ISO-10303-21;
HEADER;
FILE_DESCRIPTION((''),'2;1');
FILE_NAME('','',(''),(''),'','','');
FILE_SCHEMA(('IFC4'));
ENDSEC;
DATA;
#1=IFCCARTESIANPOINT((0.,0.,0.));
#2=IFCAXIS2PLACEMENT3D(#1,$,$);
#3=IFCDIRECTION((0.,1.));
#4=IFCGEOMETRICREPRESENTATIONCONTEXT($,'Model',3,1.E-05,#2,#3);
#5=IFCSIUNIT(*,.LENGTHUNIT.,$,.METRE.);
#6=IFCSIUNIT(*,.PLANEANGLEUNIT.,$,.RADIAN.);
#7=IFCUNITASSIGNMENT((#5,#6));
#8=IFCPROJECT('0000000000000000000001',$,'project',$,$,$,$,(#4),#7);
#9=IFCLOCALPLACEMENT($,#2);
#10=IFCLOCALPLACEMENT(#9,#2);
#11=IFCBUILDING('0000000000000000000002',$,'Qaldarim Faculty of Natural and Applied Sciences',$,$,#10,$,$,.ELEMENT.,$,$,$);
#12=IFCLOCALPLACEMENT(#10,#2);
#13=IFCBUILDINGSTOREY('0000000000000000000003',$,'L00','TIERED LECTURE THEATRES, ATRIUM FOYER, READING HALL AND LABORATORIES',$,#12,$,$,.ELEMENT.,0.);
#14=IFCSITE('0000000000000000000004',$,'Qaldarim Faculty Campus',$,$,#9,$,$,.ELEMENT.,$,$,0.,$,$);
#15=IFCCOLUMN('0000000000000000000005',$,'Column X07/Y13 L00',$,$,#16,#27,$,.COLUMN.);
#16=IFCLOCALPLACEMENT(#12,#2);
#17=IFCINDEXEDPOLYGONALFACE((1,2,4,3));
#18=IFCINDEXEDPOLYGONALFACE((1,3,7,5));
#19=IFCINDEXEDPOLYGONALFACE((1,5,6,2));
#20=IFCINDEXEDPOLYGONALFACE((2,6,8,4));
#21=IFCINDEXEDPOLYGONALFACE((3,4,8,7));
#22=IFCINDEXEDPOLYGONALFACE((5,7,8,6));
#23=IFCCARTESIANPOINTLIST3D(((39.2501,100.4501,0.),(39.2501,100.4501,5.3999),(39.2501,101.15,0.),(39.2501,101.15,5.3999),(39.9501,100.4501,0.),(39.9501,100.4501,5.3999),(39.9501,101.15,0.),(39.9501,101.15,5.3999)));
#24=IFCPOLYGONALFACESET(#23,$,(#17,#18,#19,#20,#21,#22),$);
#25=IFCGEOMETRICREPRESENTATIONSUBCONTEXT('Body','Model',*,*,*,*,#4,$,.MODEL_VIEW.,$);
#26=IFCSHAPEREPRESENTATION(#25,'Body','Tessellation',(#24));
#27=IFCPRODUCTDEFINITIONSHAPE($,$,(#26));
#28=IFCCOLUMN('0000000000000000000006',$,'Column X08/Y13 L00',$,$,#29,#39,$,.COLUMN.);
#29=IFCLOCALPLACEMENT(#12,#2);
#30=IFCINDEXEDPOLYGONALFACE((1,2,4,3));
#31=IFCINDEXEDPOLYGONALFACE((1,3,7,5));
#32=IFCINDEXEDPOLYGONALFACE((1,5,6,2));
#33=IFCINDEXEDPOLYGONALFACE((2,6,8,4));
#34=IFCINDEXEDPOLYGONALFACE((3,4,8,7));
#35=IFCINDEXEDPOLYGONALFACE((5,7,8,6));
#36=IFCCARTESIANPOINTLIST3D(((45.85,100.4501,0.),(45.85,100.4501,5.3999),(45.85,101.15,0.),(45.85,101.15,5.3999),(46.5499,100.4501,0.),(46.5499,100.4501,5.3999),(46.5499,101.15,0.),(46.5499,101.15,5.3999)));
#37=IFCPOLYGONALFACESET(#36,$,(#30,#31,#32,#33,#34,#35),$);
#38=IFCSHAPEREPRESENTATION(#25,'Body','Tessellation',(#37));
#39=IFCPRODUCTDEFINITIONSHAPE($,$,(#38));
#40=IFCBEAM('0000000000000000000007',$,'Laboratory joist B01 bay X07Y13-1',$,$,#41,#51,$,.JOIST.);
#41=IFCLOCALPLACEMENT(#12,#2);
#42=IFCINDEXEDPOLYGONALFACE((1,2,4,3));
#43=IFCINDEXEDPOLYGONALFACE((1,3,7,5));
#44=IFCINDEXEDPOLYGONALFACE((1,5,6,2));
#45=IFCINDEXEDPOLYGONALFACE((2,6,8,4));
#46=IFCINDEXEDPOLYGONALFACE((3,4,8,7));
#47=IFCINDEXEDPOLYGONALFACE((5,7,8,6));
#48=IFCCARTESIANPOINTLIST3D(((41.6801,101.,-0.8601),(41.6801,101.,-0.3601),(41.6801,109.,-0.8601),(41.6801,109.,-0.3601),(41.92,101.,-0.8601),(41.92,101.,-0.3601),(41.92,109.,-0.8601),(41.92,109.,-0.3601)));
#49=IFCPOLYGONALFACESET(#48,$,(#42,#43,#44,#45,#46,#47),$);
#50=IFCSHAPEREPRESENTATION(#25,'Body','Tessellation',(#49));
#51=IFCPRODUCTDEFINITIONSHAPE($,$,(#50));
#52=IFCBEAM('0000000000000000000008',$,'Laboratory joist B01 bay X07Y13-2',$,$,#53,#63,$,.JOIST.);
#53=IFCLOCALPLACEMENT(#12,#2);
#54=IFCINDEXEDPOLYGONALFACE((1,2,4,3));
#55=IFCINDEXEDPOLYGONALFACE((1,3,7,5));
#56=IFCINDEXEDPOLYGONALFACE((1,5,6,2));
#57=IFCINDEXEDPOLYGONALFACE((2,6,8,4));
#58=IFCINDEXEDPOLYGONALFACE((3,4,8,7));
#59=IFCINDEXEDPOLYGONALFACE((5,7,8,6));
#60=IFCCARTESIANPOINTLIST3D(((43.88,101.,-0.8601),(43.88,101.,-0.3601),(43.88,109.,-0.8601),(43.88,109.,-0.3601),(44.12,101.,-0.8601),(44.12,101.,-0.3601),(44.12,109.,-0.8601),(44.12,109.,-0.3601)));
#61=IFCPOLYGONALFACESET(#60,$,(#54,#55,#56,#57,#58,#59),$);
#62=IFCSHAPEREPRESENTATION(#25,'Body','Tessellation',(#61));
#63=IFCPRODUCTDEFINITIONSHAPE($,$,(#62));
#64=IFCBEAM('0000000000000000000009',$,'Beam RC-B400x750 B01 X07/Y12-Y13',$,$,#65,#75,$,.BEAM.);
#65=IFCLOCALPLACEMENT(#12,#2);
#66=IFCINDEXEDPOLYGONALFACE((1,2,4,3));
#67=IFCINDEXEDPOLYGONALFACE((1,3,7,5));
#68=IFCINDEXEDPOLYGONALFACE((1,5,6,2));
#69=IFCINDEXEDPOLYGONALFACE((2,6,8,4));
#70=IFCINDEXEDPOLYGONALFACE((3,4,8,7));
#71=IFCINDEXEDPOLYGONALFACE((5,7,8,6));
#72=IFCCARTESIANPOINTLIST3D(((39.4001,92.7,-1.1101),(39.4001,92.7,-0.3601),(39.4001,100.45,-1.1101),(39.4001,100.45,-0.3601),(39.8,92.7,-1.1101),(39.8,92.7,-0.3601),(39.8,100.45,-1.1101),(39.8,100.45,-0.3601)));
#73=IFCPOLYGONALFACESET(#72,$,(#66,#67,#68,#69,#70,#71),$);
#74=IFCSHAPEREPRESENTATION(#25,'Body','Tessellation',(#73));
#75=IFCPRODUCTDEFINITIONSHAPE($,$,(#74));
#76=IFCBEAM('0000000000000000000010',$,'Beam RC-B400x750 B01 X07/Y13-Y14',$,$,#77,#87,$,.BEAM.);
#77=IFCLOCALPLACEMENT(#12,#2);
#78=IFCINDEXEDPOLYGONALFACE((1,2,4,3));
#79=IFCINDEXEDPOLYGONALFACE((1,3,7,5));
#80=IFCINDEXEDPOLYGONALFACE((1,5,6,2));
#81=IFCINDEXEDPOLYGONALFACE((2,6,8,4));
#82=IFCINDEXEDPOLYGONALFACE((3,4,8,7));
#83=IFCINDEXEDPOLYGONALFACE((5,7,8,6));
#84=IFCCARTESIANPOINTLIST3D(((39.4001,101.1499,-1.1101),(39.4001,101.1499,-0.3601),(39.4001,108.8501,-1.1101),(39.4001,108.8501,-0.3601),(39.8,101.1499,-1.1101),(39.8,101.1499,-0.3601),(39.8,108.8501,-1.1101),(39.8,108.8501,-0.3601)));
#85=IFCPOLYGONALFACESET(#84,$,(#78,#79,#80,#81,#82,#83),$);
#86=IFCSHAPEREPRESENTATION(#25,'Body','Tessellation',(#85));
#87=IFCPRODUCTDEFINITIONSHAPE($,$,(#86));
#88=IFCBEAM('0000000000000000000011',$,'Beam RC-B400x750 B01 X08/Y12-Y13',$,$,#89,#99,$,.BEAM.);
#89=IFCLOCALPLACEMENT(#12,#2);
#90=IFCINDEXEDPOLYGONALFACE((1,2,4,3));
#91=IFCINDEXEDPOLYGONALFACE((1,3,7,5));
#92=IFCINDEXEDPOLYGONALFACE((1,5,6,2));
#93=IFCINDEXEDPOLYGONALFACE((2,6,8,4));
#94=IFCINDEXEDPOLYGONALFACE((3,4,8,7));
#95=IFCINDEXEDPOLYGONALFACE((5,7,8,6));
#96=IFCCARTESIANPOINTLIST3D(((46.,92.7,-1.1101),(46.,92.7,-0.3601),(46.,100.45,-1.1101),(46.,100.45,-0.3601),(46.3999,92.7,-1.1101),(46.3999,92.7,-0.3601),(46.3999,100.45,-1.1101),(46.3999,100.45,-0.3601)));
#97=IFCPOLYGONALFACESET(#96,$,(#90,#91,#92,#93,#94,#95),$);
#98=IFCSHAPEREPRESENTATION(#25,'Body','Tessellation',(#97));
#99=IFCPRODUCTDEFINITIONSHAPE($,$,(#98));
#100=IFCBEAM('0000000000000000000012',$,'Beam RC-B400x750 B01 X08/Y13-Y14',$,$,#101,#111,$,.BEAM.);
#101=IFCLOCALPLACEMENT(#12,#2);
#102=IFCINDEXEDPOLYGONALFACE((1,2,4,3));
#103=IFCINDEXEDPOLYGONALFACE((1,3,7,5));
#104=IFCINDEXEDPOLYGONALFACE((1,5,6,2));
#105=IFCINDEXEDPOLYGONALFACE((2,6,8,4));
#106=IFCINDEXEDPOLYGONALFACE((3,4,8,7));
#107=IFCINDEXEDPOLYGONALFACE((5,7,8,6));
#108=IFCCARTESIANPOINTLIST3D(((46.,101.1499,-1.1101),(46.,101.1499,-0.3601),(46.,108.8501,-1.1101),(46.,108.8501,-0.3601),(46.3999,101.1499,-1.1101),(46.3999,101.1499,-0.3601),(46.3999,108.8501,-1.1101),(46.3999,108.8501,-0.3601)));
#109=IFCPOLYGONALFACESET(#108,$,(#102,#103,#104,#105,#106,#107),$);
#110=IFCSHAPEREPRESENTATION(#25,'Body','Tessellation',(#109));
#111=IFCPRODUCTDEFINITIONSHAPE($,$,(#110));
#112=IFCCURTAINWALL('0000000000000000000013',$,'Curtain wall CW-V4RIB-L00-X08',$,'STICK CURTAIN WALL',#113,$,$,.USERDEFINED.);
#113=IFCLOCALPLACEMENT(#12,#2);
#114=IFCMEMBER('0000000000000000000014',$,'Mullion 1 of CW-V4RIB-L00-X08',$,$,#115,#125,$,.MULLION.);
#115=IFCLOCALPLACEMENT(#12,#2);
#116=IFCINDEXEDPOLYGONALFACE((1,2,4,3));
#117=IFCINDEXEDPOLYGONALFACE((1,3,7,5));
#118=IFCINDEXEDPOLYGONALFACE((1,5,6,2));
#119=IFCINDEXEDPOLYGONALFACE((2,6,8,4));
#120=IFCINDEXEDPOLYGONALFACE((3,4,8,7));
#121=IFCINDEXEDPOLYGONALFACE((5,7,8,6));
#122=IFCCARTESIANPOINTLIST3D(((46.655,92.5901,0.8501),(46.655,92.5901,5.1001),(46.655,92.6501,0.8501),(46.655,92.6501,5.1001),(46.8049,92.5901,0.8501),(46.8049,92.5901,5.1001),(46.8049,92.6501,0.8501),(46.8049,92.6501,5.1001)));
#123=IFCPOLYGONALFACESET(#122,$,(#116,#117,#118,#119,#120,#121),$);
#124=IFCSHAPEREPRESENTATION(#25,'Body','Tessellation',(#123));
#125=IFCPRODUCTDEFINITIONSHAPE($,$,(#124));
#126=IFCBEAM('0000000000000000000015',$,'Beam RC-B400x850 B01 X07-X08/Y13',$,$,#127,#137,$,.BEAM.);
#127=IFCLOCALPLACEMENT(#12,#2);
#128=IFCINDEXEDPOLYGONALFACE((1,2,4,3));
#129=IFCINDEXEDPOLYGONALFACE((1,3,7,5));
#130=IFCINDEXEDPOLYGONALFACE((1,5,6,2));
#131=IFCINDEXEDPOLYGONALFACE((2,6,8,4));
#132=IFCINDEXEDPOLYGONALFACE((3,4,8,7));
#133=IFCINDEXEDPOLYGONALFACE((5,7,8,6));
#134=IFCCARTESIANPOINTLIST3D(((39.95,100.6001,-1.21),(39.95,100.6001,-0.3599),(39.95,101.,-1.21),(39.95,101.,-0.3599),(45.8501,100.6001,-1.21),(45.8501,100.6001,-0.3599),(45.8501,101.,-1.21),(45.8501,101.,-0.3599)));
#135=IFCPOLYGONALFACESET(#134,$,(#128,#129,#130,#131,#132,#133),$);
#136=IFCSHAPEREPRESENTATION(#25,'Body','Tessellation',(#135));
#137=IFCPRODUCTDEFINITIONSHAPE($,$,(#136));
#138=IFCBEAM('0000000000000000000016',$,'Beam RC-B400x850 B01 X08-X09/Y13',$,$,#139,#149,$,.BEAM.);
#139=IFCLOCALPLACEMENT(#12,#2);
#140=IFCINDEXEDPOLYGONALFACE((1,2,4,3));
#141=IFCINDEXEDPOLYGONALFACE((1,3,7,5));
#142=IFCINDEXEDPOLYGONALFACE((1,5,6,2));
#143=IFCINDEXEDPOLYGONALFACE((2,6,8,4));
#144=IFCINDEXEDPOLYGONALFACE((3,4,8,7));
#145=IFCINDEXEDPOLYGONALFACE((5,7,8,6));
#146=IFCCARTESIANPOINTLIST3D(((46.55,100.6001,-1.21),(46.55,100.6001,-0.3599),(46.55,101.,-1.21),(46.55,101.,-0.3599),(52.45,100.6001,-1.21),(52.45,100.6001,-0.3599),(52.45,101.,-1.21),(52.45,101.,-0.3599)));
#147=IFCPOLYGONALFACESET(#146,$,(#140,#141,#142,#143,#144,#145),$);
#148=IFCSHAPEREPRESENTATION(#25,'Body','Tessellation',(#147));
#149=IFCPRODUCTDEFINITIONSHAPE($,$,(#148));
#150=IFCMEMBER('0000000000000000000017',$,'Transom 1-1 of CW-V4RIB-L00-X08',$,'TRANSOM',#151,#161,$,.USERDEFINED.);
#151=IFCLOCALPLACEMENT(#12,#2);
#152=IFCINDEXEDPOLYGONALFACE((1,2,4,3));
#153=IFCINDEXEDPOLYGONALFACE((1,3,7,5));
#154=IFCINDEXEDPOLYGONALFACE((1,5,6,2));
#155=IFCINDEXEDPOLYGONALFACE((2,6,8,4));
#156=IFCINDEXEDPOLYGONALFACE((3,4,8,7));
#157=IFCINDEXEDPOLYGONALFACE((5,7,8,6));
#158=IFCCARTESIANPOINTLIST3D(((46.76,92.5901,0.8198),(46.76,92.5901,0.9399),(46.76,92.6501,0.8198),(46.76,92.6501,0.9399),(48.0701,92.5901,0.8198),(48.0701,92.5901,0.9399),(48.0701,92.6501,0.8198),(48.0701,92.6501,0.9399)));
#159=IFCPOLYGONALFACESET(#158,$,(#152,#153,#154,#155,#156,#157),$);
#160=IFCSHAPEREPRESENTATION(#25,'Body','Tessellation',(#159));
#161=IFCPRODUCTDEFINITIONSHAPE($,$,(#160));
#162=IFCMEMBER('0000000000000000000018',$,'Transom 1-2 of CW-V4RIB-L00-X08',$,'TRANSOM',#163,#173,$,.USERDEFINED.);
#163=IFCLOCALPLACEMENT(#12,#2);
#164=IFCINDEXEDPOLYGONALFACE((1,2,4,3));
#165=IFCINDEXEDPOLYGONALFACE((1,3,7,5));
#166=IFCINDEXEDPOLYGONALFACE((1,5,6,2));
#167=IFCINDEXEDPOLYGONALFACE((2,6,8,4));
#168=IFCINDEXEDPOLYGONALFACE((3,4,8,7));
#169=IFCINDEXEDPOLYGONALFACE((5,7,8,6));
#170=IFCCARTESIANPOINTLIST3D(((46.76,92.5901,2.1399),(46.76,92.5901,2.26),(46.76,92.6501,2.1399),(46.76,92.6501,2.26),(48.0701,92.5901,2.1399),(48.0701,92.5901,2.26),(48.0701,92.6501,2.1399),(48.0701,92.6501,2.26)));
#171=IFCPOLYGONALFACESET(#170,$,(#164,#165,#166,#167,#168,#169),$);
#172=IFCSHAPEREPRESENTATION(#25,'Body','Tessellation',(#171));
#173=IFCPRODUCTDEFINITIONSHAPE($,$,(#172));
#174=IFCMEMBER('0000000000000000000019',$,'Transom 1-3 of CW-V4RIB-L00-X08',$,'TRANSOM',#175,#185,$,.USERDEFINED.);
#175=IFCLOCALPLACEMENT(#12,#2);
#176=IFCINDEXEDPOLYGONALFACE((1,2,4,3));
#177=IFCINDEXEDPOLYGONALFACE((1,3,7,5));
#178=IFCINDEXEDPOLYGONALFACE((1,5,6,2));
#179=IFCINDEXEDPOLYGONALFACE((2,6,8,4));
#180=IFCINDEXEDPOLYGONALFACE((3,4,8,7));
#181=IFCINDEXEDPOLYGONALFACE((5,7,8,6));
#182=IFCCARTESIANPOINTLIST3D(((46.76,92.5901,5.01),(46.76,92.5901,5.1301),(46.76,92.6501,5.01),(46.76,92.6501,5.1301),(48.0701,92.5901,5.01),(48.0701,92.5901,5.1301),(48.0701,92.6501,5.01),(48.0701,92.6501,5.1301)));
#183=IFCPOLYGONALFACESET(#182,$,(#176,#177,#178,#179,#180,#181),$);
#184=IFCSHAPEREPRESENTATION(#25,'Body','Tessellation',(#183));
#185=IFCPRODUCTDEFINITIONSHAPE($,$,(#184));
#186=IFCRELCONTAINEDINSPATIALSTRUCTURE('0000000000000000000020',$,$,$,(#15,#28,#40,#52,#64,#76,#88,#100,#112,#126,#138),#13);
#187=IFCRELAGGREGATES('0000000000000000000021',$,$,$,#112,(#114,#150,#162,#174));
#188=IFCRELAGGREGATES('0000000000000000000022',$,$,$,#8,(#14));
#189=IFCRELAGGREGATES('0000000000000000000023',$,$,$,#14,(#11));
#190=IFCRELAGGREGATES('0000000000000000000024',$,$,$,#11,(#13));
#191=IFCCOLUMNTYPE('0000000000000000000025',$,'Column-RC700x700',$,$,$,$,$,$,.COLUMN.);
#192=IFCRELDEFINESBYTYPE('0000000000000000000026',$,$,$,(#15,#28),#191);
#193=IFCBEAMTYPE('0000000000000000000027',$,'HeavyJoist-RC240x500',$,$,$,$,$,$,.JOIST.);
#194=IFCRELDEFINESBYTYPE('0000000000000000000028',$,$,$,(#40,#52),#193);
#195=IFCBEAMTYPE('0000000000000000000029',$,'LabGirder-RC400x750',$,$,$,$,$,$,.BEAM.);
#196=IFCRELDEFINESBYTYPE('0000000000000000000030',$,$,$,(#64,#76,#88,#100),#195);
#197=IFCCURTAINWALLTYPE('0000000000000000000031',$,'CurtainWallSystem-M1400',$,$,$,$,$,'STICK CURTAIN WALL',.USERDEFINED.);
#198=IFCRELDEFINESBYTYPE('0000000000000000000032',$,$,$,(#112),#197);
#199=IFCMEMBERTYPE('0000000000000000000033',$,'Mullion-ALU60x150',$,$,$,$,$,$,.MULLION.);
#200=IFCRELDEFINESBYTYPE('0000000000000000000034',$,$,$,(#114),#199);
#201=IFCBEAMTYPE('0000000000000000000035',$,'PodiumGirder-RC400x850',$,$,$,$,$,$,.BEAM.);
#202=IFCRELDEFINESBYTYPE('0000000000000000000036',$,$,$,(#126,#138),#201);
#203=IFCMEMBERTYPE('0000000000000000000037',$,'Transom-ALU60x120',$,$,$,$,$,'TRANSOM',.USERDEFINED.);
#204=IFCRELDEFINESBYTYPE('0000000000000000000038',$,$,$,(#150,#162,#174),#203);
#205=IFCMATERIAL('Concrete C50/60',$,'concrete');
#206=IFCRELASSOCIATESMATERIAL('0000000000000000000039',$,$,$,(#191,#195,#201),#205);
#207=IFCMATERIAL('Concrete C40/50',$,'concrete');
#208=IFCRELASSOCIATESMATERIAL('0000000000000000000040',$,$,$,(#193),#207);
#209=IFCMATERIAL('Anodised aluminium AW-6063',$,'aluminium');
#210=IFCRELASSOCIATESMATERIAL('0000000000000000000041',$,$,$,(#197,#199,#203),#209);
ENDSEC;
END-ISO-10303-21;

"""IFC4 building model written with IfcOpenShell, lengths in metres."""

from ifc_helpers import new_model, si_unit, direction, frame, origin, origin_2d, place, context, subcontext, project, spatial, rectangle, extrude, material, material_profile, profile_set, type_object, element, aggregate, save


model = new_model("IFC4")

# Units and contexts
model_context = context("Model", 3, precision=1e-05, world=origin(), true_north=direction((0.0, 1.0)))
body_context = subcontext(model_context, "Body", "Model", "MODEL_VIEW")
ifc_project = project(units=[si_unit("LENGTHUNIT", "METRE"), si_unit("PLANEANGLEUNIT", "RADIAN")], contexts=[model_context])

# Site, building, storey
site_placement = place(None, origin())
site = spatial("IfcSite", under=ifc_project, at=site_placement, Name="Qaldarim Faculty Campus", CompositionType="ELEMENT", RefElevation=0.0)
building_placement = place(site_placement, origin())
building = spatial("IfcBuilding", under=site, at=building_placement, Name="Qaldarim Faculty of Natural and Applied Sciences", CompositionType="ELEMENT")
storey_placement = place(building_placement, origin())
storey = spatial("IfcBuildingStorey", under=building, at=storey_placement, Name="L00", Description="TIERED LECTURE THEATRES, ATRIUM FOYER, READING HALL AND LABORATORIES", CompositionType="ELEMENT", Elevation=0.0)

# Columns
ifc_material_1 = material(Name="Concrete C50/60", Category="concrete")
ifc_material_profile_1 = material_profile(ifc_material_1, rectangle(XDim=0.7, YDim=0.7, at=origin_2d()), Name="RC-C700x700")
ifc_profile_set_1 = profile_set([ifc_material_profile_1], Name="Concrete C50/60")
column_type = type_object("IfcColumnType", Name="Column-RC700x700", PredefinedType="COLUMN", material=ifc_profile_set_1)
for number, where, z_axis, x_axis, name in (
    (1, (39.6001, 100.8, 0.0), (0.0, 0.0, 1.0), (1.0, 0.0, 0.0), "Column X07/Y13 L00"),
    (2, (46.2, 100.8, 0.0), (0.0, 0.0, 1.0), (1.0, 0.0, 0.0), "Column X08/Y13 L00"),
):
    element("IfcColumn", number, at=place(storey_placement, frame(where, z_axis=z_axis, x_axis=x_axis)), inside=storey, type_object=column_type, Name=name, PredefinedType="COLUMN", context=body_context, shape_type="SweptSolid", body=[
        extrude(rectangle(XDim=0.7, YDim=0.7, at=origin_2d()), origin(), (0.0, 0.0, 1.0), 5.3999),
    ])

# Beams
ifc_material_2 = material(Name="Concrete C40/50", Category="concrete")
ifc_material_profile_2 = material_profile(ifc_material_2, rectangle(XDim=0.24, YDim=0.5, at=origin_2d()), Name="RC-J240x500")
ifc_profile_set_2 = profile_set([ifc_material_profile_2], Name="Concrete C40/50")
beam_type_1 = type_object("IfcBeamType", Name="HeavyJoist-RC240x500", PredefinedType="JOIST", material=ifc_profile_set_2)
for number, where, z_axis, x_axis, name in (
    (3, (41.8, 101.0, -0.6101), (0.0, 1.0, 0.0), (-1.0, 0.0, 0.0), "Laboratory joist B01 bay X07Y13-1"),
    (4, (44.0, 101.0, -0.6101), (0.0, 1.0, 0.0), (-1.0, 0.0, 0.0), "Laboratory joist B01 bay X07Y13-2"),
):
    element("IfcBeam", number, at=place(storey_placement, frame(where, z_axis=z_axis, x_axis=x_axis)), inside=storey, type_object=beam_type_1, Name=name, PredefinedType="JOIST", context=body_context, shape_type="SweptSolid", body=[
        extrude(rectangle(XDim=0.24, YDim=0.5, at=origin_2d()), origin(), (0.0, 0.0, 1.0), 8.0),
    ])
ifc_material_profile_3 = material_profile(ifc_material_1, rectangle(XDim=0.3999, YDim=0.75, at=origin_2d()), Name="RC-B400x750")
ifc_profile_set_3 = profile_set([ifc_material_profile_3], Name="Concrete C50/60")
beam_type_2 = type_object("IfcBeamType", Name="LabGirder-RC400x750", PredefinedType="BEAM", material=ifc_profile_set_3)
beam_1_placement = place(storey_placement, frame((39.6001, 92.7, -0.7351), z_axis=(0.0, 1.0, 0.0), x_axis=(-1.0, 0.0, 0.0)))
element("IfcBeam", 5, at=beam_1_placement, inside=storey, type_object=beam_type_2, Name="Beam RC-B400x750 B01 X07/Y12-Y13", PredefinedType="BEAM", context=body_context, shape_type="SweptSolid", body=[
    extrude(rectangle(XDim=0.3999, YDim=0.75, at=origin_2d()), origin(), (0.0, 0.0, 1.0), 7.75),
])
beam_2_placement = place(storey_placement, frame((39.6001, 101.1499, -0.7351), z_axis=(0.0, 1.0, 0.0), x_axis=(-1.0, 0.0, 0.0)))
element("IfcBeam", 6, at=beam_2_placement, inside=storey, type_object=beam_type_2, Name="Beam RC-B400x750 B01 X07/Y13-Y14", PredefinedType="BEAM", context=body_context, shape_type="SweptSolid", body=[
    extrude(rectangle(XDim=0.3999, YDim=0.75, at=origin_2d()), origin(), (0.0, 0.0, 1.0), 7.7002),
])
beam_3_placement = place(storey_placement, frame((46.2, 92.7, -0.7351), z_axis=(0.0, 1.0, 0.0), x_axis=(-1.0, 0.0, 0.0)))
element("IfcBeam", 7, at=beam_3_placement, inside=storey, type_object=beam_type_2, Name="Beam RC-B400x750 B01 X08/Y12-Y13", PredefinedType="BEAM", context=body_context, shape_type="SweptSolid", body=[
    extrude(rectangle(XDim=0.3999, YDim=0.75, at=origin_2d()), origin(), (0.0, 0.0, 1.0), 7.75),
])
beam_4_placement = place(storey_placement, frame((46.2, 101.1499, -0.7351), z_axis=(0.0, 1.0, 0.0), x_axis=(-1.0, 0.0, 0.0)))
element("IfcBeam", 8, at=beam_4_placement, inside=storey, type_object=beam_type_2, Name="Beam RC-B400x750 B01 X08/Y13-Y14", PredefinedType="BEAM", context=body_context, shape_type="SweptSolid", body=[
    extrude(rectangle(XDim=0.3999, YDim=0.75, at=origin_2d()), origin(), (0.0, 0.0, 1.0), 7.7002),
])

# Curtain wall, member
ifc_material_3 = material(Name="Anodised aluminium AW-6063", Category="aluminium")
curtain_wall_type = type_object("IfcCurtainWallType", Name="CurtainWallSystem-M1400", ElementType="STICK CURTAIN WALL", PredefinedType="USERDEFINED", material=ifc_material_3)
curtain_wall_placement = place(storey_placement, origin())
curtain_wall = element("IfcCurtainWall", 9, at=curtain_wall_placement, inside=storey, type_object=curtain_wall_type, Name="Curtain wall CW-V4RIB-L00-X08", ObjectType="STICK CURTAIN WALL", PredefinedType="USERDEFINED")
ifc_material_profile_4 = material_profile(ifc_material_3, rectangle(XDim=0.0601, YDim=0.1499, at=origin_2d()), Name="ALU-M60x150")
ifc_profile_set_4 = profile_set([ifc_material_profile_4], Name="Anodised aluminium AW-6063")
member_type_1 = type_object("IfcMemberType", Name="Mullion-ALU60x150", PredefinedType="MULLION", material=ifc_profile_set_4)
member_1_placement = place(storey_placement, frame((46.73, 92.6201, 0.8501), z_axis=(0.0, 0.0, 1.0), x_axis=(0.0, 1.0, 0.0)))
member_1 = element("IfcMember", 10, at=member_1_placement, type_object=member_type_1, Name="Mullion 1 of CW-V4RIB-L00-X08", PredefinedType="MULLION", context=body_context, shape_type="SweptSolid", body=[
    extrude(rectangle(XDim=0.0601, YDim=0.1499, at=origin_2d()), origin(), (0.0, 0.0, 1.0), 4.25),
])

# Beams
ifc_material_profile_5 = material_profile(ifc_material_1, rectangle(XDim=0.3999, YDim=0.8501, at=origin_2d()), Name="RC-B400x850")
ifc_profile_set_5 = profile_set([ifc_material_profile_5], Name="Concrete C50/60")
beam_type_3 = type_object("IfcBeamType", Name="PodiumGirder-RC400x850", PredefinedType="BEAM", material=ifc_profile_set_5)
beam_5_placement = place(storey_placement, frame((39.95, 100.8, -0.7849), z_axis=(1.0, 0.0, 0.0), x_axis=(0.0, 1.0, 0.0)))
element("IfcBeam", 11, at=beam_5_placement, inside=storey, type_object=beam_type_3, Name="Beam RC-B400x850 B01 X07-X08/Y13", PredefinedType="BEAM", context=body_context, shape_type="SweptSolid", body=[
    extrude(rectangle(XDim=0.3999, YDim=0.8501, at=origin_2d()), origin(), (0.0, 0.0, 1.0), 5.9001),
])
beam_6_placement = place(storey_placement, frame((46.55, 100.8, -0.7849), z_axis=(1.0, 0.0, 0.0), x_axis=(0.0, 1.0, 0.0)))
element("IfcBeam", 12, at=beam_6_placement, inside=storey, type_object=beam_type_3, Name="Beam RC-B400x850 B01 X08-X09/Y13", PredefinedType="BEAM", context=body_context, shape_type="SweptSolid", body=[
    extrude(rectangle(XDim=0.3999, YDim=0.8501, at=origin_2d()), origin(), (0.0, 0.0, 1.0), 5.8999),
])

# Members
ifc_material_profile_6 = material_profile(ifc_material_3, rectangle(XDim=0.0601, YDim=0.1201, at=origin_2d()), Name="ALU-T60x120")
ifc_profile_set_6 = profile_set([ifc_material_profile_6], Name="Anodised aluminium AW-6063")
member_type_2 = type_object("IfcMemberType", Name="Transom-ALU60x120", ElementType="TRANSOM", PredefinedType="USERDEFINED", material=ifc_profile_set_6)
member_2_placement = place(storey_placement, frame((46.76, 92.6201, 0.8799), z_axis=(1.0, 0.0, 0.0), x_axis=(0.0, 1.0, 0.0)))
member_2 = element("IfcMember", 13, at=member_2_placement, type_object=member_type_2, Name="Transom 1-1 of CW-V4RIB-L00-X08", ObjectType="TRANSOM", PredefinedType="USERDEFINED", context=body_context, shape_type="SweptSolid", body=[
    extrude(rectangle(XDim=0.0601, YDim=0.1201, at=origin_2d()), origin(), (0.0, 0.0, 1.0), 1.3101),
])
member_3_placement = place(storey_placement, frame((46.76, 92.6201, 2.2), z_axis=(1.0, 0.0, 0.0), x_axis=(0.0, 1.0, 0.0)))
member_3 = element("IfcMember", 14, at=member_3_placement, type_object=member_type_2, Name="Transom 1-2 of CW-V4RIB-L00-X08", ObjectType="TRANSOM", PredefinedType="USERDEFINED", context=body_context, shape_type="SweptSolid", body=[
    extrude(rectangle(XDim=0.0601, YDim=0.1201, at=origin_2d()), origin(), (0.0, 0.0, 1.0), 1.3101),
])
member_4_placement = place(storey_placement, frame((46.76, 92.6201, 5.0701), z_axis=(1.0, 0.0, 0.0), x_axis=(0.0, 1.0, 0.0)))
member_4 = element("IfcMember", 15, at=member_4_placement, type_object=member_type_2, Name="Transom 1-3 of CW-V4RIB-L00-X08", ObjectType="TRANSOM", PredefinedType="USERDEFINED", context=body_context, shape_type="SweptSolid", body=[
    extrude(rectangle(XDim=0.0601, YDim=0.1201, at=origin_2d()), origin(), (0.0, 0.0, 1.0), 1.3101),
])
aggregate(curtain_wall, [member_1, member_2, member_3, member_4])

save(model, "model.ifc")
